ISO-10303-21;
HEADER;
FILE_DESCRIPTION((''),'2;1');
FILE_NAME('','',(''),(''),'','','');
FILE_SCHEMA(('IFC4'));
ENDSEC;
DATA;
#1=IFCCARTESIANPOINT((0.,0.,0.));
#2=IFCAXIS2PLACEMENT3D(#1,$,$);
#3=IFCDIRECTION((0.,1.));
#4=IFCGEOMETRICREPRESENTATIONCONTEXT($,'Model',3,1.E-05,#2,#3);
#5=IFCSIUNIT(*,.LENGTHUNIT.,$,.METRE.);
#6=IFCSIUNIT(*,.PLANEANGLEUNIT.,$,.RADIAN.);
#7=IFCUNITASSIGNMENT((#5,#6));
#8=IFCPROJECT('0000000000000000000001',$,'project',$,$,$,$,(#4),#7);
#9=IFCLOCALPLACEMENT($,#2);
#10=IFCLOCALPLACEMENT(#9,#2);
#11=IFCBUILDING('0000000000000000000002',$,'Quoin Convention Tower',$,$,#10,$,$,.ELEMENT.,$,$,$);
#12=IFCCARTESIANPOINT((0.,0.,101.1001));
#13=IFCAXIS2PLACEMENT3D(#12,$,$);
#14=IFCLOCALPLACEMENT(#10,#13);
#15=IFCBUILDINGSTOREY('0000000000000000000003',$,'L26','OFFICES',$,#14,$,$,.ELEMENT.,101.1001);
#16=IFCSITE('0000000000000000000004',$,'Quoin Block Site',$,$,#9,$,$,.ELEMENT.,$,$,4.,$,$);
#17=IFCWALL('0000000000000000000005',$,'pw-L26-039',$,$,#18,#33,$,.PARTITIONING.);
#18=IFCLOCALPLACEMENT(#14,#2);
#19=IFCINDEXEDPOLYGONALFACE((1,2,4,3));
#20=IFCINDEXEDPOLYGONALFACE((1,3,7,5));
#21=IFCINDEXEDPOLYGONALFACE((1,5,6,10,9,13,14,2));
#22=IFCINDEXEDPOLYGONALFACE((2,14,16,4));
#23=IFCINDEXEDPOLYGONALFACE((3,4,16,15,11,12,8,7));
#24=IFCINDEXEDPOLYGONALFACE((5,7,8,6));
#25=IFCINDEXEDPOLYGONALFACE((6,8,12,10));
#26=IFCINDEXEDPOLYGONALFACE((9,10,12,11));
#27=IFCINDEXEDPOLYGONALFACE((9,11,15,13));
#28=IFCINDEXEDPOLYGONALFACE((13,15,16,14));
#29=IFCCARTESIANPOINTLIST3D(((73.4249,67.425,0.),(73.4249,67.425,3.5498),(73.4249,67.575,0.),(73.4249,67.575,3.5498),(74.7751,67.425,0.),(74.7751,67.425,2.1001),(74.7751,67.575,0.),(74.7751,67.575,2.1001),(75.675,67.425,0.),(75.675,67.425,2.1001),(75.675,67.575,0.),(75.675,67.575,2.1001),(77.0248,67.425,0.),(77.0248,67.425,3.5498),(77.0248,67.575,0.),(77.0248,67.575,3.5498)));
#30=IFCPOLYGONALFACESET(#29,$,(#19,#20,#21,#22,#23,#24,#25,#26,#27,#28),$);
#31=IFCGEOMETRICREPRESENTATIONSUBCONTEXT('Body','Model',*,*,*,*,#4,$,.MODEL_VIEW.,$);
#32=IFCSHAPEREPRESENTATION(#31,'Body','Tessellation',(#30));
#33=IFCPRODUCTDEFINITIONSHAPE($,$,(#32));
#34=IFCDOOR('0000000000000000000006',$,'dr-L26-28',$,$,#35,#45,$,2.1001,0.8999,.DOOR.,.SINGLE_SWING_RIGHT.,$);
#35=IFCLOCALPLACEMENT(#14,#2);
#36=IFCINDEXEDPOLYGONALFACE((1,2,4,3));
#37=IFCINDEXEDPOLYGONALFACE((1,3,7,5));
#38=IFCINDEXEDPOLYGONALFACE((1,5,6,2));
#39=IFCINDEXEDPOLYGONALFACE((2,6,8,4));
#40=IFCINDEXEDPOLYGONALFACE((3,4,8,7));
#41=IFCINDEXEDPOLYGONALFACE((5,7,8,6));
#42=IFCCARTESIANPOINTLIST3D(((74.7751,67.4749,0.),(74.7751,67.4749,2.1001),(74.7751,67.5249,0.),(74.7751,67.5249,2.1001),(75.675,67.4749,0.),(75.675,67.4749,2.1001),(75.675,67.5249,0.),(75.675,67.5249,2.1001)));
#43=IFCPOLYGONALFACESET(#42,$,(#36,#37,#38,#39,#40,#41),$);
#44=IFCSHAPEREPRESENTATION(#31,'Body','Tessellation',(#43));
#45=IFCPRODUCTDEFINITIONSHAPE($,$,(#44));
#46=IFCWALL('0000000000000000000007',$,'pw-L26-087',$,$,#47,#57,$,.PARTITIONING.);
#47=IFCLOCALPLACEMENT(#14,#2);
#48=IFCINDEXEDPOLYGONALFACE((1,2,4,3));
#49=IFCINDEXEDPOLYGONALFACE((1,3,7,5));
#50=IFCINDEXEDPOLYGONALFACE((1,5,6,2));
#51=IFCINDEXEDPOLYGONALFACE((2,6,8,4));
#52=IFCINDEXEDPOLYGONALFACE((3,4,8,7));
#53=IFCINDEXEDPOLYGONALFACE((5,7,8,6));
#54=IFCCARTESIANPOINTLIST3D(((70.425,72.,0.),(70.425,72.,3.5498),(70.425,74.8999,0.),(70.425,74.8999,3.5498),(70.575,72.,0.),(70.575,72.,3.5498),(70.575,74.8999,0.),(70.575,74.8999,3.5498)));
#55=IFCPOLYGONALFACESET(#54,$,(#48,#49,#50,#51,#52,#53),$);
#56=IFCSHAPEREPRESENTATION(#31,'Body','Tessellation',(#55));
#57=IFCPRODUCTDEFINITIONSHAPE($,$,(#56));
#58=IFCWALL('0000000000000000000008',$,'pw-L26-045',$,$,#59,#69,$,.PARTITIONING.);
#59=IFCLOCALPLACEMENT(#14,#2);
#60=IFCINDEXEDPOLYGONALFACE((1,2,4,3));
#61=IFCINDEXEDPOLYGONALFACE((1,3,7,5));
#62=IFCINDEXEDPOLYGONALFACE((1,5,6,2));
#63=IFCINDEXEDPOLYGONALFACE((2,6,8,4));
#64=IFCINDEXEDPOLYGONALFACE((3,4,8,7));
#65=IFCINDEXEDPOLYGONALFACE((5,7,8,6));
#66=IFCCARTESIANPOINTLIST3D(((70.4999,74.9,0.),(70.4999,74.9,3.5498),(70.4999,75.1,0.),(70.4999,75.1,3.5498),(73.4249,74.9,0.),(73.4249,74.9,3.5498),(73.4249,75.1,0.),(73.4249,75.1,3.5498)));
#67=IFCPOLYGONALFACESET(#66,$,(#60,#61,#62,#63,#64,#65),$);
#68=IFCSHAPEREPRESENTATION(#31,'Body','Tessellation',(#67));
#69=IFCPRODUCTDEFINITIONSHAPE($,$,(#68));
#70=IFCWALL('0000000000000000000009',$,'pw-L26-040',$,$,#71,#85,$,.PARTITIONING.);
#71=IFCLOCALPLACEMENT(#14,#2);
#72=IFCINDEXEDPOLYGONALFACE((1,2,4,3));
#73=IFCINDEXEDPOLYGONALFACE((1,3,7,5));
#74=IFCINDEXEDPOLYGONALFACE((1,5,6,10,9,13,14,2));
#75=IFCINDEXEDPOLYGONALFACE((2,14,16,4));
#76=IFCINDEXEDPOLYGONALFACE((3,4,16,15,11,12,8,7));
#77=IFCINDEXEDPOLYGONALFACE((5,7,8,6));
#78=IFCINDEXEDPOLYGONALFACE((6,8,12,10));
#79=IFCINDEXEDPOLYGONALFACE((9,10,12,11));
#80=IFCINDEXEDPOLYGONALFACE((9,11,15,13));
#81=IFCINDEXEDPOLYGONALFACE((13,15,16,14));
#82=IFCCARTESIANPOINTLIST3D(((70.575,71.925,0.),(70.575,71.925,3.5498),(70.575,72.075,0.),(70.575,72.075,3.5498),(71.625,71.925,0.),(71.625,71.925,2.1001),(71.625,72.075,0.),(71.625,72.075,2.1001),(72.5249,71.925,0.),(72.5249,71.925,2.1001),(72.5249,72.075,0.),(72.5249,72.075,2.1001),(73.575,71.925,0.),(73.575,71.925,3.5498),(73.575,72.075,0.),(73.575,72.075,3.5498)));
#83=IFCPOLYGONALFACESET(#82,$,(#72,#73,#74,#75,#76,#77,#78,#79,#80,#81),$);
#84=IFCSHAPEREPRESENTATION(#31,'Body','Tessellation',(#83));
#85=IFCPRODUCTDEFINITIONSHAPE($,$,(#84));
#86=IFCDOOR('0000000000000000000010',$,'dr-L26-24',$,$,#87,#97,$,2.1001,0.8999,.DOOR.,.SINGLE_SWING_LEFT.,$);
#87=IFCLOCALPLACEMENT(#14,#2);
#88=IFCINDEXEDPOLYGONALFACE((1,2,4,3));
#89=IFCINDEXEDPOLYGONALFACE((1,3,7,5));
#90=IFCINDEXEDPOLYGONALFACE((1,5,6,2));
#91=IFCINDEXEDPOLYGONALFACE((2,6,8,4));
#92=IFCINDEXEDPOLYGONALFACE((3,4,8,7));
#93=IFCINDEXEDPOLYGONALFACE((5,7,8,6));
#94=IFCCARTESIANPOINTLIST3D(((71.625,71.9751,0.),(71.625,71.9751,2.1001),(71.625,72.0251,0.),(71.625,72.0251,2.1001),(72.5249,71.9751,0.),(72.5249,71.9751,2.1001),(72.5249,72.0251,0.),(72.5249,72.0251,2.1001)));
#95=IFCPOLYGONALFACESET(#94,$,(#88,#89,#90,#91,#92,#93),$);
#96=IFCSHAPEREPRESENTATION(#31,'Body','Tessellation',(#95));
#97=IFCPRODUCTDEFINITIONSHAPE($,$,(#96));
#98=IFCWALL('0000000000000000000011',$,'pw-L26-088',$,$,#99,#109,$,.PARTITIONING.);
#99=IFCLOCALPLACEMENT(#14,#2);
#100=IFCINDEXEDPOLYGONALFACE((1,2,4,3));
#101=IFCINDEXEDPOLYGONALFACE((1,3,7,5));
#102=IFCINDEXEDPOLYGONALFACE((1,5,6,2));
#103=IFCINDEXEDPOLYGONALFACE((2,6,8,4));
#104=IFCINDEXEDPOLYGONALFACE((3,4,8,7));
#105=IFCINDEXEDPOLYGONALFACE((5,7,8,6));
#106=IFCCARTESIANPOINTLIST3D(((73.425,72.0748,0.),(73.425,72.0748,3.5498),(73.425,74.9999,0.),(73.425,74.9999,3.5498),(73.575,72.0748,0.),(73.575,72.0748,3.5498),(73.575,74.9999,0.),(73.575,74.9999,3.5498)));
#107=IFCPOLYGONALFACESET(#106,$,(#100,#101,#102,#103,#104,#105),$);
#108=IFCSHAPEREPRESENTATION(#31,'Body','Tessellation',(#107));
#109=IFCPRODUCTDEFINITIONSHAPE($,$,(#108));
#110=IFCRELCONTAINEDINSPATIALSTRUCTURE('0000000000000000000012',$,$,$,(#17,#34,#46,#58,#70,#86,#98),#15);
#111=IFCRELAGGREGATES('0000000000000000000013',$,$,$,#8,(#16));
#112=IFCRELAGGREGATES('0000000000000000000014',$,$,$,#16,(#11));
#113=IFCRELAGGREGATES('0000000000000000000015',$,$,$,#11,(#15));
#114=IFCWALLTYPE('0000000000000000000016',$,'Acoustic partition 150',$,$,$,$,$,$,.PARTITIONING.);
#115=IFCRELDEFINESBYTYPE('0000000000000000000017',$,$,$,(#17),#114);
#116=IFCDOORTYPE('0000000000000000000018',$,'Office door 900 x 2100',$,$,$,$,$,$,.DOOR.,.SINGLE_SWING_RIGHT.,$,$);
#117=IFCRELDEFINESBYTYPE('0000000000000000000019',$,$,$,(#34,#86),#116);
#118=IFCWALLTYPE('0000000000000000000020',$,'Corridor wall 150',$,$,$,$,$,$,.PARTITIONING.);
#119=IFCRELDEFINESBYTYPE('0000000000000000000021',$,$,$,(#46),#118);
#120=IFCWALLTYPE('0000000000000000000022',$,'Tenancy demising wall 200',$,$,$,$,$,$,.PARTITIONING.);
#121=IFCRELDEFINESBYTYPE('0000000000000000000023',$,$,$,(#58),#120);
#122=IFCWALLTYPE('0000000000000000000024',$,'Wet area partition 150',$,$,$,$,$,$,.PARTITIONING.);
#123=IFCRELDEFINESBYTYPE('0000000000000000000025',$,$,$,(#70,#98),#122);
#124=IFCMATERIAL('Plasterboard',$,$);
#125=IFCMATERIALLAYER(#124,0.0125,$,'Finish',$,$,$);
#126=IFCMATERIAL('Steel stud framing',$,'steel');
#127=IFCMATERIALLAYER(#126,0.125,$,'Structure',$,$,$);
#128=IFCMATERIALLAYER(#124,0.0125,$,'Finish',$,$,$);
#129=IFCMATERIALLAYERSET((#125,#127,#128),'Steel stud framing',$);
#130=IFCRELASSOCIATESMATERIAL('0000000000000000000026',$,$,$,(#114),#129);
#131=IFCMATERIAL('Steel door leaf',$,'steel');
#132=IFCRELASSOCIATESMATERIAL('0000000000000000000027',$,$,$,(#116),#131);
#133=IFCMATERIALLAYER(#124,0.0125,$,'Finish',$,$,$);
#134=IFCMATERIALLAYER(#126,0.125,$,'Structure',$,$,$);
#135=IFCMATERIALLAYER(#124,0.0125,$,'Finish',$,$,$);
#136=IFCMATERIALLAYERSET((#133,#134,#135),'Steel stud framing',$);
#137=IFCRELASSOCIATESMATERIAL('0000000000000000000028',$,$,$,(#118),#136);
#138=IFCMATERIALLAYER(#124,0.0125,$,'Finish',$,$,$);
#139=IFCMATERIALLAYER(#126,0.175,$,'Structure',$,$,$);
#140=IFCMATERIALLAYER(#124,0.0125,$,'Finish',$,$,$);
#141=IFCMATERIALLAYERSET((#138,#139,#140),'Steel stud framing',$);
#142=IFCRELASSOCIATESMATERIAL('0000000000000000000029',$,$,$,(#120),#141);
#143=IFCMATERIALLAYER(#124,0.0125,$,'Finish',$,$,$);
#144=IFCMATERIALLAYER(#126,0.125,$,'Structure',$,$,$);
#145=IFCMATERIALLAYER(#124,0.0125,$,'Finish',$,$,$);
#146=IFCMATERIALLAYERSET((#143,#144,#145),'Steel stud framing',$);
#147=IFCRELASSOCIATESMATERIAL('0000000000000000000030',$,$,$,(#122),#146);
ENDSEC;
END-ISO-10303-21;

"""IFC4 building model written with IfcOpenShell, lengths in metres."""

from ifc_helpers import new_model, si_unit, direction, frame, frame_2d, origin, place, context, subcontext, project, spatial, rectangle, extrude, material, layer, layer_set, type_object, element, fill, save


model = new_model("IFC4")

# Units and contexts
model_context = context("Model", 3, precision=1e-05, world=origin(), true_north=direction((0.0, 1.0)))
body_context = subcontext(model_context, "Body", "Model", "MODEL_VIEW")
ifc_project = project(units=[si_unit("LENGTHUNIT", "METRE"), si_unit("PLANEANGLEUNIT", "RADIAN")], contexts=[model_context])

# Site, building, storey
site_placement = place(None, origin())
site = spatial("IfcSite", under=ifc_project, at=site_placement, Name="Quoin Block Site", CompositionType="ELEMENT", RefElevation=4.0)
building_placement = place(site_placement, origin())
building = spatial("IfcBuilding", under=site, at=building_placement, Name="Quoin Convention Tower", CompositionType="ELEMENT")
storey_placement = place(building_placement, frame((0.0, 0.0, 101.1001)))
storey = spatial("IfcBuildingStorey", under=building, at=storey_placement, Name="L26", Description="OFFICES", CompositionType="ELEMENT", Elevation=101.1001)

# Wall, opening, door
ifc_material_1 = material(Name="Plasterboard")
ifc_layer_1 = layer(ifc_material_1, 0.0125, Name="Finish")
ifc_material_2 = material(Name="Steel stud framing", Category="steel")
ifc_layer_2 = layer(ifc_material_2, 0.125, Name="Structure")
ifc_layer_3 = layer(ifc_material_1, 0.0125, Name="Finish")
ifc_layer_set_1 = layer_set([ifc_layer_1, ifc_layer_2, ifc_layer_3], Name="Steel stud framing")
wall_type_1 = type_object("IfcWallType", Name="Acoustic partition 150", PredefinedType="PARTITIONING", material=ifc_layer_set_1)
wall_1_placement = place(storey_placement, frame((73.425, 67.5, 0.0), z_axis=(0.0, 0.0, 1.0), x_axis=(1.0, 0.0, 0.0)))
wall_1 = element("IfcWall", 1, at=wall_1_placement, inside=storey, type_object=wall_type_1, Name="pw-L26-039", PredefinedType="PARTITIONING", context=body_context, shape_type="SweptSolid", body=[
    extrude(rectangle(XDim=3.5999, YDim=0.1499, at=frame_2d((1.7998, 0.0))), origin(), (0.0, 0.0, 1.0), 3.5498),
])
opening_1_placement = place(wall_1_placement, frame((1.3501, 0.0, 0.0)))
opening_1 = element("IfcOpeningElement", 2, at=opening_1_placement, cuts=wall_1, PredefinedType="OPENING", context=body_context, shape_type="SweptSolid", body=[
    extrude(rectangle(XDim=0.8999, YDim=2.1001, at=frame_2d((0.45, 1.05))), frame((0.0, 0.085, 0.0), z_axis=(0.0, -1.0, 0.0), x_axis=(1.0, 0.0, 0.0)), (0.0, 0.0, 1.0), 0.1699),
])
ifc_material_3 = material(Name="Steel door leaf", Category="steel")
door_type = type_object("IfcDoorType", Name="Office door 900 x 2100", OperationType="SINGLE_SWING_RIGHT", PredefinedType="DOOR", material=ifc_material_3)
door_1_placement = place(opening_1_placement, origin())
door_1 = element("IfcDoor", 3, at=door_1_placement, inside=storey, type_object=door_type, Name="dr-L26-28", OperationType="SINGLE_SWING_RIGHT", OverallHeight=2.1001, OverallWidth=0.8999, PredefinedType="DOOR", context=body_context, shape_type="SweptSolid", body=[
    extrude(rectangle(XDim=0.8999, YDim=2.1001, at=frame_2d((0.45, 1.05))), frame((0.0, 0.0249, 0.0), z_axis=(0.0, -1.0, 0.0), x_axis=(1.0, 0.0, 0.0)), (0.0, 0.0, 1.0), 0.05),
])
fill(opening_1, door_1)

# Walls
ifc_layer_4 = layer(ifc_material_1, 0.0125, Name="Finish")
ifc_layer_5 = layer(ifc_material_2, 0.125, Name="Structure")
ifc_layer_6 = layer(ifc_material_1, 0.0125, Name="Finish")
ifc_layer_set_2 = layer_set([ifc_layer_4, ifc_layer_5, ifc_layer_6], Name="Steel stud framing")
wall_type_2 = type_object("IfcWallType", Name="Corridor wall 150", PredefinedType="PARTITIONING", material=ifc_layer_set_2)
wall_2_placement = place(storey_placement, frame((70.5, 72.0, 0.0), z_axis=(0.0, 0.0, 1.0), x_axis=(0.0, 1.0, 0.0)))
element("IfcWall", 4, at=wall_2_placement, inside=storey, type_object=wall_type_2, Name="pw-L26-087", PredefinedType="PARTITIONING", context=body_context, shape_type="SweptSolid", body=[
    extrude(rectangle(XDim=2.8999, YDim=0.1499, at=frame_2d((1.45, 0.0))), origin(), (0.0, 0.0, 1.0), 3.5498),
])
ifc_layer_7 = layer(ifc_material_1, 0.0125, Name="Finish")
ifc_layer_8 = layer(ifc_material_2, 0.175, Name="Structure")
ifc_layer_9 = layer(ifc_material_1, 0.0125, Name="Finish")
ifc_layer_set_3 = layer_set([ifc_layer_7, ifc_layer_8, ifc_layer_9], Name="Steel stud framing")
wall_type_3 = type_object("IfcWallType", Name="Tenancy demising wall 200", PredefinedType="PARTITIONING", material=ifc_layer_set_3)
wall_3_placement = place(storey_placement, frame((70.5, 75.0, 0.0), z_axis=(0.0, 0.0, 1.0), x_axis=(1.0, 0.0, 0.0)))
element("IfcWall", 5, at=wall_3_placement, inside=storey, type_object=wall_type_3, Name="pw-L26-045", PredefinedType="PARTITIONING", context=body_context, shape_type="SweptSolid", body=[
    extrude(rectangle(XDim=2.925, YDim=0.2, at=frame_2d((1.4624, 0.0))), origin(), (0.0, 0.0, 1.0), 3.5498),
])

# Wall, opening, door
ifc_layer_10 = layer(ifc_material_1, 0.0125, Name="Finish")
ifc_layer_11 = layer(ifc_material_2, 0.125, Name="Structure")
ifc_layer_12 = layer(ifc_material_1, 0.0125, Name="Finish")
ifc_layer_set_4 = layer_set([ifc_layer_10, ifc_layer_11, ifc_layer_12], Name="Steel stud framing")
wall_type_4 = type_object("IfcWallType", Name="Wet area partition 150", PredefinedType="PARTITIONING", material=ifc_layer_set_4)
wall_4_placement = place(storey_placement, frame((70.575, 72.0, 0.0), z_axis=(0.0, 0.0, 1.0), x_axis=(1.0, 0.0, 0.0)))
wall_4 = element("IfcWall", 6, at=wall_4_placement, inside=storey, type_object=wall_type_4, Name="pw-L26-040", PredefinedType="PARTITIONING", context=body_context, shape_type="SweptSolid", body=[
    extrude(rectangle(XDim=3.0, YDim=0.1499, at=frame_2d((1.5, 0.0))), origin(), (0.0, 0.0, 1.0), 3.5498),
])
opening_2_placement = place(wall_4_placement, frame((1.05, 0.0, 0.0)))
opening_2 = element("IfcOpeningElement", 7, at=opening_2_placement, cuts=wall_4, PredefinedType="OPENING", context=body_context, shape_type="SweptSolid", body=[
    extrude(rectangle(XDim=0.8999, YDim=2.1001, at=frame_2d((0.45, 1.05))), frame((0.0, 0.085, 0.0), z_axis=(0.0, -1.0, 0.0), x_axis=(1.0, 0.0, 0.0)), (0.0, 0.0, 1.0), 0.1699),
])
door_2_placement = place(opening_2_placement, frame((0.8999, 0.0, 0.0), z_axis=(0.0, 0.0, 1.0), x_axis=(-1.0, 0.0, 0.0)))
door_2 = element("IfcDoor", 8, at=door_2_placement, inside=storey, type_object=door_type, Name="dr-L26-24", OperationType="SINGLE_SWING_LEFT", OverallHeight=2.1001, OverallWidth=0.8999, PredefinedType="DOOR", context=body_context, shape_type="SweptSolid", body=[
    extrude(rectangle(XDim=0.8999, YDim=2.1001, at=frame_2d((0.45, 1.05))), frame((0.0, 0.0249, 0.0), z_axis=(0.0, -1.0, 0.0), x_axis=(1.0, 0.0, 0.0)), (0.0, 0.0, 1.0), 0.05),
])
fill(opening_2, door_2)

# Wall
wall_5_placement = place(storey_placement, frame((73.5, 72.075, 0.0), z_axis=(0.0, 0.0, 1.0), x_axis=(0.0, 1.0, 0.0)))
element("IfcWall", 9, at=wall_5_placement, inside=storey, type_object=wall_type_4, Name="pw-L26-088", PredefinedType="PARTITIONING", context=body_context, shape_type="SweptSolid", body=[
    extrude(rectangle(XDim=2.925, YDim=0.1499, at=frame_2d((1.4624, 0.0))), origin(), (0.0, 0.0, 1.0), 3.5498),
])

save(model, "model.ifc")
